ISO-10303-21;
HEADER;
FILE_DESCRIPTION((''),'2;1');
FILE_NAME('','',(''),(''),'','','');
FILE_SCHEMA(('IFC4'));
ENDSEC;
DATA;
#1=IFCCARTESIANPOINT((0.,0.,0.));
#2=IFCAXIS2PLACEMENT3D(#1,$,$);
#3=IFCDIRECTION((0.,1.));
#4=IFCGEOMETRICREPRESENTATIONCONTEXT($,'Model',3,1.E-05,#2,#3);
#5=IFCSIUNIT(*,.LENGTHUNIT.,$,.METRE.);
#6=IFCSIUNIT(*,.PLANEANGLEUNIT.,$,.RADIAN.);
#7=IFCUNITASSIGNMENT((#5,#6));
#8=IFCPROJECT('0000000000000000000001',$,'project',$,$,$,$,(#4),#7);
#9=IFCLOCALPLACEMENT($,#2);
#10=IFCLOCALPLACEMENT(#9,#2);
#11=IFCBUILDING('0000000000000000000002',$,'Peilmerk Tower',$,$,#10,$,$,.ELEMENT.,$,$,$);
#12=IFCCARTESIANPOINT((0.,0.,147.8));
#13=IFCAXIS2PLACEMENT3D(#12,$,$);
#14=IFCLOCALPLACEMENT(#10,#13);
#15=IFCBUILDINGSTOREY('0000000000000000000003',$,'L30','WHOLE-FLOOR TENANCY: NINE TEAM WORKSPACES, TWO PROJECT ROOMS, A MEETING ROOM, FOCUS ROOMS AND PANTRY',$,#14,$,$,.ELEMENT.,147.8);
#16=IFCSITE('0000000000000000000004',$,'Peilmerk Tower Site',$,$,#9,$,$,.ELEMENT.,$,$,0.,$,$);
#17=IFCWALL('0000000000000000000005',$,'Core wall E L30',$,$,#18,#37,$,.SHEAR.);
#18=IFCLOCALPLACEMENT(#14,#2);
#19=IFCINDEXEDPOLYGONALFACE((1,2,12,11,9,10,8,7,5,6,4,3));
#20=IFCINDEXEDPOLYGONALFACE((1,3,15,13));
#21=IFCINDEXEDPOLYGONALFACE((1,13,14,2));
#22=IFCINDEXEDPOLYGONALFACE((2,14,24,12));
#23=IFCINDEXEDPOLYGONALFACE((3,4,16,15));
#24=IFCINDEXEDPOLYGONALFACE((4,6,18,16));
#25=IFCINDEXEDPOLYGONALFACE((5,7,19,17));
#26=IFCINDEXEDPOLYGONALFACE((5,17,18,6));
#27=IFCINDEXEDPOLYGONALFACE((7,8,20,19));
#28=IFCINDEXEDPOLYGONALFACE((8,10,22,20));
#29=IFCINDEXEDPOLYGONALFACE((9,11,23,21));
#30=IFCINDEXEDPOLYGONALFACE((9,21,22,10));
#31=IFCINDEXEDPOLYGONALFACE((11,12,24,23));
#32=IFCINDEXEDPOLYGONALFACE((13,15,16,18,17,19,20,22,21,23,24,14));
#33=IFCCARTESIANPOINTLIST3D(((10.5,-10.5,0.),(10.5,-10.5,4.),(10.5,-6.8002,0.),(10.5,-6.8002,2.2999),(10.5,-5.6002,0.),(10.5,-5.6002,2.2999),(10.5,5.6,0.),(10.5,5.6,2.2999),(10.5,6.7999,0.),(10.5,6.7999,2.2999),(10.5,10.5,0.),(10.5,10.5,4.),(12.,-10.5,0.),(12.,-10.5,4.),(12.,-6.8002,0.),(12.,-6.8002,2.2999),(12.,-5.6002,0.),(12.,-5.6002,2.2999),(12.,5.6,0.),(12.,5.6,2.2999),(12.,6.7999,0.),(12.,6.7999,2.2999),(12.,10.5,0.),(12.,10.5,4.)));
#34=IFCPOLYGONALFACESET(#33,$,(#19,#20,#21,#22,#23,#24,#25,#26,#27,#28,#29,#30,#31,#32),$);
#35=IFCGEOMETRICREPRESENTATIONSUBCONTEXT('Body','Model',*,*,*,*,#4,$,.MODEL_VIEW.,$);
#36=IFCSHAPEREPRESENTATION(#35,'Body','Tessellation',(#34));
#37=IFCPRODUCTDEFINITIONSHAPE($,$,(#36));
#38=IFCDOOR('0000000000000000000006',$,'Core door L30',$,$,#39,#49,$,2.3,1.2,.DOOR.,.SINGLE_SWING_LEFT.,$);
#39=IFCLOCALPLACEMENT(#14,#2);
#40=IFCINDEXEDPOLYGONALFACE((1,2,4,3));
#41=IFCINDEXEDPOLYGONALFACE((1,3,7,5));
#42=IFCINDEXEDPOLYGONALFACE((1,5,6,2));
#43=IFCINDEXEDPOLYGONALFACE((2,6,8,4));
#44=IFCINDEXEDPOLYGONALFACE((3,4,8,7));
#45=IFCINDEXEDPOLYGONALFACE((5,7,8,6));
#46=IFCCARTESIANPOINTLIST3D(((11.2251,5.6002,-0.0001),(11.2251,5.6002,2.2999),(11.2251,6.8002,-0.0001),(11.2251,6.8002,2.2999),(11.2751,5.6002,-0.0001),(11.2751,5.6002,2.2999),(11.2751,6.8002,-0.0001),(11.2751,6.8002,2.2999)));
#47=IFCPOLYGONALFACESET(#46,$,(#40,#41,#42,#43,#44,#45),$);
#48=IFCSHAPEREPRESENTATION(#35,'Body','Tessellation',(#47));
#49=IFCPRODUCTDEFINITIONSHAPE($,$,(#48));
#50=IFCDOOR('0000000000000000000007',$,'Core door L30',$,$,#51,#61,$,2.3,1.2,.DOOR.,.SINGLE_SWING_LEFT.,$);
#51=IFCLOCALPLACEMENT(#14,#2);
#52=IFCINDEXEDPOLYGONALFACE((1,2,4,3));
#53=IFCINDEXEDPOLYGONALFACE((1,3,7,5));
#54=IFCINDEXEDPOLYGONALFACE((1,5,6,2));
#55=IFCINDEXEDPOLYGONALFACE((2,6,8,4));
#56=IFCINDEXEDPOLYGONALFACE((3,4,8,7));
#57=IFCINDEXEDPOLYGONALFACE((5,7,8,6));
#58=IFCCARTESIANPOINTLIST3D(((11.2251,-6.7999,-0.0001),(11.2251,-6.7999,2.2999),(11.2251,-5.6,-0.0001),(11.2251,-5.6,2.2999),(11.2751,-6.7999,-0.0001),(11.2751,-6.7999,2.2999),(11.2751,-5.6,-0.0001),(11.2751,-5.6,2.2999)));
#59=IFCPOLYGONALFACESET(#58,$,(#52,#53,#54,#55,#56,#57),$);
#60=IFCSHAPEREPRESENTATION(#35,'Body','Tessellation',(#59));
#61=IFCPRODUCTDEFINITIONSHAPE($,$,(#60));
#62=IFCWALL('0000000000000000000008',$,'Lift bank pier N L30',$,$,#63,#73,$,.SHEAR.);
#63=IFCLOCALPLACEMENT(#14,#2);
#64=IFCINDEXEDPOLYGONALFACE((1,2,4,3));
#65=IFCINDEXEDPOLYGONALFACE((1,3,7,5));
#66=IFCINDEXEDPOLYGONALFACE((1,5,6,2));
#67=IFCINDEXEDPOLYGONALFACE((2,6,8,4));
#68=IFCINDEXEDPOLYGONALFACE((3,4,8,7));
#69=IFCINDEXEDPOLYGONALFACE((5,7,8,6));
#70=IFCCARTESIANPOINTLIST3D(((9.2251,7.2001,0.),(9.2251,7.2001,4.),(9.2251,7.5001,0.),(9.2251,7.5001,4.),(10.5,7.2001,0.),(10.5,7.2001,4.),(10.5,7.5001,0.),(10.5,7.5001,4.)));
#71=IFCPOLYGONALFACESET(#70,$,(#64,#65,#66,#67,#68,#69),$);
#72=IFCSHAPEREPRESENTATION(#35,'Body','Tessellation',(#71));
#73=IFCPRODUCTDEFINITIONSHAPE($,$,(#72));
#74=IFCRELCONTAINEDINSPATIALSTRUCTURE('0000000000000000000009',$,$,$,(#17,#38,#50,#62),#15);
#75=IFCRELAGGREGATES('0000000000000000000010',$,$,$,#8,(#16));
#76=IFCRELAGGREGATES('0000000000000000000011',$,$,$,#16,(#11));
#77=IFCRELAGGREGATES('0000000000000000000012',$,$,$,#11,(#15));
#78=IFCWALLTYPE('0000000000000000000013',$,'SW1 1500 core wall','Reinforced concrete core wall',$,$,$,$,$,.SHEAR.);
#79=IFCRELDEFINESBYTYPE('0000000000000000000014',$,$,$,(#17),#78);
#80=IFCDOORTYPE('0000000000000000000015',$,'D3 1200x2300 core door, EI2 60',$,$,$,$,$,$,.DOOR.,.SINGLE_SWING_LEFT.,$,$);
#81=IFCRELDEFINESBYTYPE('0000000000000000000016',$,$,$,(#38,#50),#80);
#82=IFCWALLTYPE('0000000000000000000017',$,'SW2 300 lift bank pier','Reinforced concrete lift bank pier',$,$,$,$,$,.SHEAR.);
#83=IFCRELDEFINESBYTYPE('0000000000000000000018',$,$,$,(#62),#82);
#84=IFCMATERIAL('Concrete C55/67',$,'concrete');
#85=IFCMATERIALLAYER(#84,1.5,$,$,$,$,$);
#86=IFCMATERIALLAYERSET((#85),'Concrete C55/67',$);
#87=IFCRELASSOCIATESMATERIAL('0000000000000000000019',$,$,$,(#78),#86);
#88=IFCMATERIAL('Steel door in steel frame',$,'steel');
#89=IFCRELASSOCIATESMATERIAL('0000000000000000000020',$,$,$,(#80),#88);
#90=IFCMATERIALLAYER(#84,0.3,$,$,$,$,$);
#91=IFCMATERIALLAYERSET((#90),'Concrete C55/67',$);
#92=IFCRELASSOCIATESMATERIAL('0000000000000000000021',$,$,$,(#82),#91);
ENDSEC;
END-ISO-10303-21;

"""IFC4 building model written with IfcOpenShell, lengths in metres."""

from ifc_helpers import new_model, si_unit, direction, frame, frame_2d, origin, place, context, subcontext, project, spatial, rectangle, extrude, material, layer, layer_set, type_object, element, fill, save


model = new_model("IFC4")

# Units and contexts
model_context = context("Model", 3, precision=1e-05, world=origin(), true_north=direction((0.0, 1.0)))
body_context = subcontext(model_context, "Body", "Model", "MODEL_VIEW")
ifc_project = project(units=[si_unit("LENGTHUNIT", "METRE"), si_unit("PLANEANGLEUNIT", "RADIAN")], contexts=[model_context])

# Site, building, storey
site_placement = place(None, origin())
site = spatial("IfcSite", under=ifc_project, at=site_placement, Name="Peilmerk Tower Site", CompositionType="ELEMENT", RefElevation=0.0)
building_placement = place(site_placement, origin())
building = spatial("IfcBuilding", under=site, at=building_placement, Name="Peilmerk Tower", CompositionType="ELEMENT")
storey_placement = place(building_placement, frame((0.0, 0.0, 147.8)))
storey = spatial("IfcBuildingStorey", under=building, at=storey_placement, Name="L30", Description="WHOLE-FLOOR TENANCY: NINE TEAM WORKSPACES, TWO PROJECT ROOMS, A MEETING ROOM, FOCUS ROOMS AND PANTRY", CompositionType="ELEMENT", Elevation=147.8)

# Wall, openings, doors
ifc_material_1 = material(Name="Concrete C55/67", Category="concrete")
ifc_layer_1 = layer(ifc_material_1, 1.5)
ifc_layer_set_1 = layer_set([ifc_layer_1], Name="Concrete C55/67")
wall_type_1 = type_object("IfcWallType", Name="SW1 1500 core wall", Description="Reinforced concrete core wall", PredefinedType="SHEAR", material=ifc_layer_set_1)
wall_1_placement = place(storey_placement, frame((11.25, 10.5, 0.0), z_axis=(0.0, 0.0, 1.0), x_axis=(0.0, -1.0, 0.0)))
wall_1 = element("IfcWall", 1, at=wall_1_placement, inside=storey, type_object=wall_type_1, Name="Core wall E L30", PredefinedType="SHEAR", context=body_context, shape_type="SweptSolid", body=[
    extrude(rectangle(XDim=21.0, YDim=1.5, at=frame_2d((10.5, 0.0))), origin(), (0.0, 0.0, 1.0), 4.0),
])
opening_1_placement = place(wall_1_placement, frame((3.7, 0.0, 0.0)))
opening_1 = element("IfcOpeningElement", 2, at=opening_1_placement, cuts=wall_1, PredefinedType="OPENING", context=body_context, shape_type="SweptSolid", body=[
    extrude(rectangle(XDim=1.2, YDim=2.3, at=frame_2d((0.6001, 1.1499))), frame((0.0, 0.76, 0.0), z_axis=(0.0, -1.0, 0.0), x_axis=(1.0, 0.0, 0.0)), (0.0, 0.0, 1.0), 1.52),
])
opening_2_placement = place(wall_1_placement, frame((16.1001, 0.0, 0.0)))
opening_2 = element("IfcOpeningElement", 3, at=opening_2_placement, cuts=wall_1, PredefinedType="OPENING", context=body_context, shape_type="SweptSolid", body=[
    extrude(rectangle(XDim=1.2, YDim=2.3, at=frame_2d((0.6001, 1.1499))), frame((0.0, 0.76, 0.0), z_axis=(0.0, -1.0, 0.0), x_axis=(1.0, 0.0, 0.0)), (0.0, 0.0, 1.0), 1.52),
])
ifc_material_2 = material(Name="Steel door in steel frame", Category="steel")
door_type = type_object("IfcDoorType", Name="D3 1200x2300 core door, EI2 60", OperationType="SINGLE_SWING_LEFT", PredefinedType="DOOR", material=ifc_material_2)
door_1_placement = place(opening_1_placement, frame((1.2, 0.0, 0.0), z_axis=(0.0, 0.0, 1.0), x_axis=(-1.0, 0.0, 0.0)))
door_1 = element("IfcDoor", 4, at=door_1_placement, inside=storey, type_object=door_type, Name="Core door L30", OperationType="SINGLE_SWING_LEFT", OverallHeight=2.3, OverallWidth=1.2, PredefinedType="DOOR", context=body_context, shape_type="SweptSolid", body=[
    extrude(rectangle(XDim=1.2, YDim=2.3, at=frame_2d((0.6001, 1.1499))), frame((0.0, 0.0249, 0.0), z_axis=(0.0, -1.0, 0.0), x_axis=(1.0, 0.0, 0.0)), (0.0, 0.0, 1.0), 0.05),
])
fill(opening_1, door_1)
door_2_placement = place(opening_2_placement, frame((1.2, 0.0, 0.0), z_axis=(0.0, 0.0, 1.0), x_axis=(-1.0, 0.0, 0.0)))
door_2 = element("IfcDoor", 5, at=door_2_placement, inside=storey, type_object=door_type, Name="Core door L30", OperationType="SINGLE_SWING_LEFT", OverallHeight=2.3, OverallWidth=1.2, PredefinedType="DOOR", context=body_context, shape_type="SweptSolid", body=[
    extrude(rectangle(XDim=1.2, YDim=2.3, at=frame_2d((0.6001, 1.1499))), frame((0.0, 0.0249, 0.0), z_axis=(0.0, -1.0, 0.0), x_axis=(1.0, 0.0, 0.0)), (0.0, 0.0, 1.0), 0.05),
])
fill(opening_2, door_2)

# Wall
ifc_layer_2 = layer(ifc_material_1, 0.3)
ifc_layer_set_2 = layer_set([ifc_layer_2], Name="Concrete C55/67")
wall_type_2 = type_object("IfcWallType", Name="SW2 300 lift bank pier", Description="Reinforced concrete lift bank pier", PredefinedType="SHEAR", material=ifc_layer_set_2)
wall_2_placement = place(storey_placement, frame((9.2251, 7.3501, 0.0), z_axis=(0.0, 0.0, 1.0), x_axis=(1.0, 0.0, 0.0)))
element("IfcWall", 6, at=wall_2_placement, inside=storey, type_object=wall_type_2, Name="Lift bank pier N L30", PredefinedType="SHEAR", context=body_context, shape_type="SweptSolid", body=[
    extrude(rectangle(XDim=1.2749, YDim=0.3, at=frame_2d((0.6375, 0.0))), origin(), (0.0, 0.0, 1.0), 4.0),
])

save(model, "model.ifc")
